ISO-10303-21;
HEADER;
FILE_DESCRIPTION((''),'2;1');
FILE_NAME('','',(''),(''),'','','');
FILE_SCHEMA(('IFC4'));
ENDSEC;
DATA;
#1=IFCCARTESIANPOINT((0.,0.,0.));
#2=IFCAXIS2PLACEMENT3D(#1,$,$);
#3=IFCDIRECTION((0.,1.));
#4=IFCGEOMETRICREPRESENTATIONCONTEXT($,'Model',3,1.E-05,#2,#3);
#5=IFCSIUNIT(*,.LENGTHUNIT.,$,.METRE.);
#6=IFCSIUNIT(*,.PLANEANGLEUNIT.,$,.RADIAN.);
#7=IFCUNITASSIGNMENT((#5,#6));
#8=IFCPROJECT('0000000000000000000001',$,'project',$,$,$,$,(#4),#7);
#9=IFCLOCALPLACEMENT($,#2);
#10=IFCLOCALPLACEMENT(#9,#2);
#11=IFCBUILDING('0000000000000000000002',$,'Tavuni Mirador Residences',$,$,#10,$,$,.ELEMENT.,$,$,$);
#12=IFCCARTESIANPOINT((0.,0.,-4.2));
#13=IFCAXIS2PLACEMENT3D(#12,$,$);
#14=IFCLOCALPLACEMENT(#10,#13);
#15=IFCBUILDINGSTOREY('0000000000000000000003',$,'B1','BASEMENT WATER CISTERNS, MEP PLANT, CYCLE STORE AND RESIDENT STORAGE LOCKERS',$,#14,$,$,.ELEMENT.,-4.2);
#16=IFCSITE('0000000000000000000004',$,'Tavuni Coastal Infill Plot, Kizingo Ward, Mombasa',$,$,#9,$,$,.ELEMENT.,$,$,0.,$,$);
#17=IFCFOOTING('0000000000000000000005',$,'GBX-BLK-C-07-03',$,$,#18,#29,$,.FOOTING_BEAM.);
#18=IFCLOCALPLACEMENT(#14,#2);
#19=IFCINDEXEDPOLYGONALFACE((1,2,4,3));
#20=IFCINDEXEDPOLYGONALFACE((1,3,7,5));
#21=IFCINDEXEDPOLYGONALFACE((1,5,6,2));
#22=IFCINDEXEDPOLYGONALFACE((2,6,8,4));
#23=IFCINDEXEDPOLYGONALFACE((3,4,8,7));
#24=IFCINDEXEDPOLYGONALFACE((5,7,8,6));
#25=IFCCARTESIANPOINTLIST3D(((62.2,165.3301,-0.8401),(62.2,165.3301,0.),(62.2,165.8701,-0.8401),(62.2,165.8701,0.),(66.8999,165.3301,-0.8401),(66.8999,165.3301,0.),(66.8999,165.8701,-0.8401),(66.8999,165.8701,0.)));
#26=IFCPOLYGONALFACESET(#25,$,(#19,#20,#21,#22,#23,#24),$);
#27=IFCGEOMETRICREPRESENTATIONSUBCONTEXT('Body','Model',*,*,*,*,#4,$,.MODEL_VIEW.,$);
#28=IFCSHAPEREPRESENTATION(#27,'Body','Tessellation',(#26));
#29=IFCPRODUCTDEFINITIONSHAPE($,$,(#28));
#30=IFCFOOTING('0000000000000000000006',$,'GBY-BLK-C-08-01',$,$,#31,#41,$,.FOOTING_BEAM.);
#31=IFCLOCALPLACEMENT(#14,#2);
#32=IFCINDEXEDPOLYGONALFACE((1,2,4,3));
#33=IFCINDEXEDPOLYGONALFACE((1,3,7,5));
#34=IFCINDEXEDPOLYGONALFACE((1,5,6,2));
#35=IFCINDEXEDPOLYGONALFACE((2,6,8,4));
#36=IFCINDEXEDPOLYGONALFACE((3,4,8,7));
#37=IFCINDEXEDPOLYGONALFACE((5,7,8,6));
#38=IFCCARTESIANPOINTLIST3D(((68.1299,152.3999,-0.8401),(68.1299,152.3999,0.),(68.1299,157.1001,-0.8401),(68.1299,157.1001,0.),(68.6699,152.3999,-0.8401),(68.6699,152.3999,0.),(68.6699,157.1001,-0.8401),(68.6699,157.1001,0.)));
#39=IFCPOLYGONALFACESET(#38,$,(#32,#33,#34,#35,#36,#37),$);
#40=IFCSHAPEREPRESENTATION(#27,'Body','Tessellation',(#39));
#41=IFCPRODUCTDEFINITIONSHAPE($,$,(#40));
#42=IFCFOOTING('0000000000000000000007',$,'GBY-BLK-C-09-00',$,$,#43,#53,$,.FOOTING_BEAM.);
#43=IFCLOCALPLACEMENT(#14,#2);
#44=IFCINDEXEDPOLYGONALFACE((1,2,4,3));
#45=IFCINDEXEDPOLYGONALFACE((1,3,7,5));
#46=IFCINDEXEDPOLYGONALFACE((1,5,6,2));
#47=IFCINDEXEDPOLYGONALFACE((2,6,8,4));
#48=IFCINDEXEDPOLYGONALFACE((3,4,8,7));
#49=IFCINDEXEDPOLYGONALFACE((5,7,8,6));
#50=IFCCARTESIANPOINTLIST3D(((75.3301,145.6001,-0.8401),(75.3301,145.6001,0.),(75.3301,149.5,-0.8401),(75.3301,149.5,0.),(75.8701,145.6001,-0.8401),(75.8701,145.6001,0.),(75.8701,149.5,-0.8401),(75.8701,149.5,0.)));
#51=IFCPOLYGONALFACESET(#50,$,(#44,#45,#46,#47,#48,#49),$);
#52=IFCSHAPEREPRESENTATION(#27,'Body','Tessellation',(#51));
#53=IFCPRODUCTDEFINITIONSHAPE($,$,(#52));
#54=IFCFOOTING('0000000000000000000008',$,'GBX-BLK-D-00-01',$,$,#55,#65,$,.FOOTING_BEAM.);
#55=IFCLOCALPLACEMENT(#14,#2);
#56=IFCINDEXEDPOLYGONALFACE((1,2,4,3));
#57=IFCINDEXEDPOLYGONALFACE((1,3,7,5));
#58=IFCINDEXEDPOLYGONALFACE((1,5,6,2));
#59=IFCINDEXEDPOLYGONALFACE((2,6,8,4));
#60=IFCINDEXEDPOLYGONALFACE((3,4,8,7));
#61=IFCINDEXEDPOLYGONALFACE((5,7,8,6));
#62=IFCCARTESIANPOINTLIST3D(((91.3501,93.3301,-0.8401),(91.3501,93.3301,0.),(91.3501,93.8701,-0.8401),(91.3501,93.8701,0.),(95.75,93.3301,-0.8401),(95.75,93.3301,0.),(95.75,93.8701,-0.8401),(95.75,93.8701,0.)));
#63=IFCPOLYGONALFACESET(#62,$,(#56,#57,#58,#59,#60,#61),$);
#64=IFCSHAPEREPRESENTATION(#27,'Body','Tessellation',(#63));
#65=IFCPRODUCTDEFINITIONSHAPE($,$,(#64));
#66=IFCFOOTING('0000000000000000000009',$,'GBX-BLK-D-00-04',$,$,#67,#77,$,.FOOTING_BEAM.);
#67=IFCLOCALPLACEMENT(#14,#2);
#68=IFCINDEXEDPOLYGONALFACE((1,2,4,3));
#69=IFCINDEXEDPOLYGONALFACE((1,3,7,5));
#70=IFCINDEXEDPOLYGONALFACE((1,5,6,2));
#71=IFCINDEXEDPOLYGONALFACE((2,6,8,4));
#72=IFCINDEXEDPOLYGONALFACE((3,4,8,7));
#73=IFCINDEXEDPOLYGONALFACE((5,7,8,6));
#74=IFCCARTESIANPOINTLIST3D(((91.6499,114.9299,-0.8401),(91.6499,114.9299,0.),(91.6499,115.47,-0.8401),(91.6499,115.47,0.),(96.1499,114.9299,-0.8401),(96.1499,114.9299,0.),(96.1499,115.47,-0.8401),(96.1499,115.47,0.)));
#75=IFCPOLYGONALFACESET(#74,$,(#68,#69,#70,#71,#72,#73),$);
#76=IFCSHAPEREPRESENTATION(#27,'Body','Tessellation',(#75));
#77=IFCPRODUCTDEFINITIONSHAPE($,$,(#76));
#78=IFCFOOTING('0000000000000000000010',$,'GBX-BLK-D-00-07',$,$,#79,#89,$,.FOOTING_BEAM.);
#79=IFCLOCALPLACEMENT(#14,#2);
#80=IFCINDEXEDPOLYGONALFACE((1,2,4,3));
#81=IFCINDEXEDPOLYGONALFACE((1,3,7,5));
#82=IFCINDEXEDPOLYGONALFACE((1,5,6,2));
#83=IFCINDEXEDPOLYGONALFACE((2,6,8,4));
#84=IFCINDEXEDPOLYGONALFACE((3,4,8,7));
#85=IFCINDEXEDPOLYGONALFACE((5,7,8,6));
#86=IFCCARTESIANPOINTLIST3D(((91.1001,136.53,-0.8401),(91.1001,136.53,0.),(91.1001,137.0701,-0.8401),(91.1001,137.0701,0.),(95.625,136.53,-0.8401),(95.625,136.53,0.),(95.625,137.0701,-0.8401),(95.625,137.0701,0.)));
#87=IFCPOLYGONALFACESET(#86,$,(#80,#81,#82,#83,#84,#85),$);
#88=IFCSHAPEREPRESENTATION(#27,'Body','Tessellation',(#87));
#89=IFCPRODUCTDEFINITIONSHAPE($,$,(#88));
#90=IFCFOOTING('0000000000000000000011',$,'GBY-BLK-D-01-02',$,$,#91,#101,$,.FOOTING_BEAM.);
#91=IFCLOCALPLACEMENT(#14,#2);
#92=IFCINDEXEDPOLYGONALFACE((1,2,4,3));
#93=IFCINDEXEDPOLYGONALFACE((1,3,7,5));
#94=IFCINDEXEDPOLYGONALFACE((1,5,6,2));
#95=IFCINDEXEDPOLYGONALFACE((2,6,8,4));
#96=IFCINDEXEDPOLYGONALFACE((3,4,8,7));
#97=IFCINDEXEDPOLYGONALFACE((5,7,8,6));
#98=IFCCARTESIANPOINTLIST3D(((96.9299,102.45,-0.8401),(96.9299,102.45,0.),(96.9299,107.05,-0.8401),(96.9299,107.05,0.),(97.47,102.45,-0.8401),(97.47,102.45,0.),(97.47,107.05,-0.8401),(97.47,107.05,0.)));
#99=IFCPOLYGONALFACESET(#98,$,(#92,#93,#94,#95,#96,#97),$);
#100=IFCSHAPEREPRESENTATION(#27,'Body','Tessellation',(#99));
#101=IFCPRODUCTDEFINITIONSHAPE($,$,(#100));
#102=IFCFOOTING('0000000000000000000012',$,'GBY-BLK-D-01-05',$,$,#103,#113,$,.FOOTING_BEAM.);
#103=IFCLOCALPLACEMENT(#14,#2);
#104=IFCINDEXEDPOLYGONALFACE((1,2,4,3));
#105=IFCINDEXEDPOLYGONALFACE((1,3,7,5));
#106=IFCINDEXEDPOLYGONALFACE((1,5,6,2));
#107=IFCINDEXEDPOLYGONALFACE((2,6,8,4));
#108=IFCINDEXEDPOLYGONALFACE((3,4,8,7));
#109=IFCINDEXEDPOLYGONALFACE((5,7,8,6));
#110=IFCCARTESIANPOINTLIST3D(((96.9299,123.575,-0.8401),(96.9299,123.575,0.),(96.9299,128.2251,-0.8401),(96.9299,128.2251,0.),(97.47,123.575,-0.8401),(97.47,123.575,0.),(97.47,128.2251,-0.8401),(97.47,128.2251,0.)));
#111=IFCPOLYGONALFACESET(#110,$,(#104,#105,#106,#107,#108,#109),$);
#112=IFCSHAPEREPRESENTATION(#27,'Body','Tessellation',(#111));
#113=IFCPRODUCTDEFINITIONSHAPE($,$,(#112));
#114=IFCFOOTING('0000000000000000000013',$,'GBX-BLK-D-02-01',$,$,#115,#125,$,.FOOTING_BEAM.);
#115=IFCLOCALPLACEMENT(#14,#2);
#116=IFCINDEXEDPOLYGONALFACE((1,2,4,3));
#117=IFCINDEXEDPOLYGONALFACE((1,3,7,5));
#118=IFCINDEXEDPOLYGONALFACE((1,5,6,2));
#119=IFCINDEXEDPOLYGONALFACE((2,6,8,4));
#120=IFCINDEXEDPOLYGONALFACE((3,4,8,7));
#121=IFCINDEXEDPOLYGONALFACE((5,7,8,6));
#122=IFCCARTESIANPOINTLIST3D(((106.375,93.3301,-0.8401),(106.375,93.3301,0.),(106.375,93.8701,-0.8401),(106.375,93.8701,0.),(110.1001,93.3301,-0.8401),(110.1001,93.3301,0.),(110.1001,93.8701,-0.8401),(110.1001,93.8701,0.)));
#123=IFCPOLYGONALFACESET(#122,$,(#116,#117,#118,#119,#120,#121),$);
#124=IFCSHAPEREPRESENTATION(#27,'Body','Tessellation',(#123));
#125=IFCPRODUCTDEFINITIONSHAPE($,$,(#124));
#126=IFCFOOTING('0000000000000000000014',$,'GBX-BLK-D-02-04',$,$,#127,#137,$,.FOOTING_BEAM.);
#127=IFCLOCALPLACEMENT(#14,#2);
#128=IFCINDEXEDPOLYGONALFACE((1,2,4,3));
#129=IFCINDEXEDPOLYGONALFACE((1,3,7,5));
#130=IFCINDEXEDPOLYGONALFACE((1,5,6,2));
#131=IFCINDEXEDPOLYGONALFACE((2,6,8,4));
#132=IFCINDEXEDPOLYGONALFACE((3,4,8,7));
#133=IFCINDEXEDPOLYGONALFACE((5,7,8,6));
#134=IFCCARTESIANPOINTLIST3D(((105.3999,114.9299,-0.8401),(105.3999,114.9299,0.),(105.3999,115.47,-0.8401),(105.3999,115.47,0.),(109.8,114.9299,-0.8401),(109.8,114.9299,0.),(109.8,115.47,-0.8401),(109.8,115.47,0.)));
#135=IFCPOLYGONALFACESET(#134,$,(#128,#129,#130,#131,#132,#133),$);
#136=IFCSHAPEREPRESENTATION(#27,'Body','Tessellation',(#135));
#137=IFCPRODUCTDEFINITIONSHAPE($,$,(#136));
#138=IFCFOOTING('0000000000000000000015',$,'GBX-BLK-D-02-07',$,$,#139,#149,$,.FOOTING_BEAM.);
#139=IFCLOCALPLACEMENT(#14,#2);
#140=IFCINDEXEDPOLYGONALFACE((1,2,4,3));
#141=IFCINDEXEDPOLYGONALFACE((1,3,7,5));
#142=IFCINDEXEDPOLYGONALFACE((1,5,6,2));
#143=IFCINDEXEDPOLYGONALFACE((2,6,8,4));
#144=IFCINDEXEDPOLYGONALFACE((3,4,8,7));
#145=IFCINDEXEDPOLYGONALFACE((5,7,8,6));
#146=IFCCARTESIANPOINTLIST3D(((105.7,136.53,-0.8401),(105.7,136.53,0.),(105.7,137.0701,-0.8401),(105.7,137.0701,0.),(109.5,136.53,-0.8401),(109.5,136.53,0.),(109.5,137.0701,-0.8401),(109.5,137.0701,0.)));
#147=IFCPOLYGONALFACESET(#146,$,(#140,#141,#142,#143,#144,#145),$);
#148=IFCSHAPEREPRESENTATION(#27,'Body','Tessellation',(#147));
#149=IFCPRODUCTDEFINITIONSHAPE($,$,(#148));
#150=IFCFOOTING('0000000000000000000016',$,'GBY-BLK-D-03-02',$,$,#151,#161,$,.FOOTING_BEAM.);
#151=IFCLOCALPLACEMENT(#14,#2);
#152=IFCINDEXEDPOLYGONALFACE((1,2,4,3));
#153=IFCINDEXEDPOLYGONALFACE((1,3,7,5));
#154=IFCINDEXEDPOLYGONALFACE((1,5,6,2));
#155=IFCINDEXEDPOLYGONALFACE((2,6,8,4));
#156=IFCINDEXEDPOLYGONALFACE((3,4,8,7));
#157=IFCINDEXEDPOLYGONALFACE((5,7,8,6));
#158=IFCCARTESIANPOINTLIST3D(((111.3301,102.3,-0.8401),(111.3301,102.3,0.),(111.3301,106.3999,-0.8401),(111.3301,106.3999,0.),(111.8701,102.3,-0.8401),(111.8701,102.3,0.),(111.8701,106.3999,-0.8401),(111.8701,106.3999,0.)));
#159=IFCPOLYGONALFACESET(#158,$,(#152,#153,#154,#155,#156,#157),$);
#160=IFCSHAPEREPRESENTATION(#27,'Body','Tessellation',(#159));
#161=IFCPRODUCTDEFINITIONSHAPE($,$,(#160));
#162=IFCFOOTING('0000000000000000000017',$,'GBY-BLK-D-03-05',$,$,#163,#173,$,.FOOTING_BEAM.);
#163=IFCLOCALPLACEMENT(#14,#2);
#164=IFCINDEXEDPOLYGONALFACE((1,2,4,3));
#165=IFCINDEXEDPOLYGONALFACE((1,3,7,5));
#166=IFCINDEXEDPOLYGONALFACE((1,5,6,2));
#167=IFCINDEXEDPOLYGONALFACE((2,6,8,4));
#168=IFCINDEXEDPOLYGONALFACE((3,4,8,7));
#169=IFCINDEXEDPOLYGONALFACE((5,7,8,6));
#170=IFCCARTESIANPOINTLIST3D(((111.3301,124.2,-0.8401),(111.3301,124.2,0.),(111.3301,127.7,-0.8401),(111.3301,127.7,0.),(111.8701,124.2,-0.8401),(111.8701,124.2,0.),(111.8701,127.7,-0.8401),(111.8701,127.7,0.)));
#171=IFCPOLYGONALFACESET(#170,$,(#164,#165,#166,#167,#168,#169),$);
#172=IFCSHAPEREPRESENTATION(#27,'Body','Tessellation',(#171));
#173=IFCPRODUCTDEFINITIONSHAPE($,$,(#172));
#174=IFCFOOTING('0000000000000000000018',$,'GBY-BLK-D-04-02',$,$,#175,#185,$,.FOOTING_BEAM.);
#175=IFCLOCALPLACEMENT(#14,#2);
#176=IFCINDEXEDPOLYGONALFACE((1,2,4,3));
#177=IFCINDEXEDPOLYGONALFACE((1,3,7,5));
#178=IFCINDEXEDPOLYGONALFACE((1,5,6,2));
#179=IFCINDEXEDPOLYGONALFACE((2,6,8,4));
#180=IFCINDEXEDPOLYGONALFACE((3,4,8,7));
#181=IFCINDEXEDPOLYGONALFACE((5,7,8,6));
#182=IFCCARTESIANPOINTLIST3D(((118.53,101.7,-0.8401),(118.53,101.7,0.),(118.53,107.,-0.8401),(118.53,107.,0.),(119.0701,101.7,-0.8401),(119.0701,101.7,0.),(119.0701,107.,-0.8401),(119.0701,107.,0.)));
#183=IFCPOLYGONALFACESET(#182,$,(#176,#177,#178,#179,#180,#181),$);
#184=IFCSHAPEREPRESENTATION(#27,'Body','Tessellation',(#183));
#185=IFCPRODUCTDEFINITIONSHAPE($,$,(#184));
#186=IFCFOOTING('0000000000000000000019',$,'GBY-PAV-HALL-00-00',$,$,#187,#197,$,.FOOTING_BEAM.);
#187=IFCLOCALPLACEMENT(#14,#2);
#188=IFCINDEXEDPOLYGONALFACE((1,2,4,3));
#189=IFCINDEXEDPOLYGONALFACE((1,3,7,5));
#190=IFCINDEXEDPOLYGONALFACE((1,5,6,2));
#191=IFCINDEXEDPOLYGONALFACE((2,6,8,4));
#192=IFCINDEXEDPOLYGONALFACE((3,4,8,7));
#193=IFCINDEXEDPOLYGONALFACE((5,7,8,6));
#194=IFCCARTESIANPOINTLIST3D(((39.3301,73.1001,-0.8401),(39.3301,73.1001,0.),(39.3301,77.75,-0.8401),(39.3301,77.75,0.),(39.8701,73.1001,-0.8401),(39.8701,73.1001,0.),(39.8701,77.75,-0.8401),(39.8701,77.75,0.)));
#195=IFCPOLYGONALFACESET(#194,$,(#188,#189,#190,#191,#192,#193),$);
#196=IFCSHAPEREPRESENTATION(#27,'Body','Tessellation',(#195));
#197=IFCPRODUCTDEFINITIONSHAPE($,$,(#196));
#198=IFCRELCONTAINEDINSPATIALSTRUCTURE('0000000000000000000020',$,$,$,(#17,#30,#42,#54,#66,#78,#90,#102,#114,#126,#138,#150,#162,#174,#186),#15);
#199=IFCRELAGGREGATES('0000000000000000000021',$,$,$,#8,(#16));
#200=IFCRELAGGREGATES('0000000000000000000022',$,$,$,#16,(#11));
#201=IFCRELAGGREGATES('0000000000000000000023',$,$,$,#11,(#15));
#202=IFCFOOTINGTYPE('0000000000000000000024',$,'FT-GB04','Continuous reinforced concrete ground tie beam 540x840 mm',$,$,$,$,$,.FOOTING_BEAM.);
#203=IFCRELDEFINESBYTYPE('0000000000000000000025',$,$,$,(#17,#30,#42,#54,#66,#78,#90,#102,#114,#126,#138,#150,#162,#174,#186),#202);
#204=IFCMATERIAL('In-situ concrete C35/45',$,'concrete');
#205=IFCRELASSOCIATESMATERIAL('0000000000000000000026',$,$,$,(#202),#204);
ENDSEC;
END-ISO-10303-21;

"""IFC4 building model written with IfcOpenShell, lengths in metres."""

from ifc_helpers import new_model, si_unit, direction, frame, origin, place, context, subcontext, project, spatial, polyline, outline, extrude, material, type_object, element, save


model = new_model("IFC4")

# Units and contexts
model_context = context("Model", 3, precision=1e-05, world=origin(), true_north=direction((0.0, 1.0)))
body_context = subcontext(model_context, "Body", "Model", "MODEL_VIEW")
ifc_project = project(units=[si_unit("LENGTHUNIT", "METRE"), si_unit("PLANEANGLEUNIT", "RADIAN")], contexts=[model_context])

# Site, building, storey
site_placement = place(None, origin())
site = spatial("IfcSite", under=ifc_project, at=site_placement, Name="Tavuni Coastal Infill Plot, Kizingo Ward, Mombasa", CompositionType="ELEMENT", RefElevation=0.0)
building_placement = place(site_placement, origin())
building = spatial("IfcBuilding", under=site, at=building_placement, Name="Tavuni Mirador Residences", CompositionType="ELEMENT")
storey_placement = place(building_placement, frame((0.0, 0.0, -4.2)))
storey = spatial("IfcBuildingStorey", under=building, at=storey_placement, Name="B1", Description="BASEMENT WATER CISTERNS, MEP PLANT, CYCLE STORE AND RESIDENT STORAGE LOCKERS", CompositionType="ELEMENT", Elevation=-4.2)

# Footings
ifc_material = material(Name="In-situ concrete C35/45", Category="concrete")
footing_type_1 = type_object("IfcFootingType", Name="FT-GB04", Description="Continuous reinforced concrete ground tie beam 540x840 mm", PredefinedType="FOOTING_BEAM", material=ifc_material)
footing_1_placement = place(storey_placement, frame((0.0, 0.0, -0.8401)))
element("IfcFooting", 1, at=footing_1_placement, inside=storey, type_object=footing_type_1, Name="GBX-BLK-C-07-03", PredefinedType="FOOTING_BEAM", context=body_context, shape_type="SweptSolid", body=[
    extrude(outline(polyline([(62.2, 165.3301), (66.8999, 165.3301), (66.8999, 165.8701), (62.2, 165.8701), (62.2, 165.3301)])), origin(), (0.0, 0.0, 1.0), 0.8401),
])
footing_2_placement = place(storey_placement, frame((0.0, 0.0, -0.8401)))
element("IfcFooting", 2, at=footing_2_placement, inside=storey, type_object=footing_type_1, Name="GBY-BLK-C-08-01", PredefinedType="FOOTING_BEAM", context=body_context, shape_type="SweptSolid", body=[
    extrude(outline(polyline([(68.1299, 152.3999), (68.6699, 152.3999), (68.6699, 157.1001), (68.1299, 157.1001), (68.1299, 152.3999)])), origin(), (0.0, 0.0, 1.0), 0.8401),
])
footing_3_placement = place(storey_placement, frame((0.0, 0.0, -0.8401)))
element("IfcFooting", 3, at=footing_3_placement, inside=storey, type_object=footing_type_1, Name="GBY-BLK-C-09-00", PredefinedType="FOOTING_BEAM", context=body_context, shape_type="SweptSolid", body=[
    extrude(outline(polyline([(75.3301, 145.6001), (75.8701, 145.6001), (75.8701, 149.5), (75.3301, 149.5), (75.3301, 145.6001)])), origin(), (0.0, 0.0, 1.0), 0.8401),
])
footing_4_placement = place(storey_placement, frame((0.0, 0.0, -0.8401)))
element("IfcFooting", 4, at=footing_4_placement, inside=storey, type_object=footing_type_1, Name="GBX-BLK-D-00-01", PredefinedType="FOOTING_BEAM", context=body_context, shape_type="SweptSolid", body=[
    extrude(outline(polyline([(91.3501, 93.3301), (95.75, 93.3301), (95.75, 93.8701), (91.3501, 93.8701), (91.3501, 93.3301)])), origin(), (0.0, 0.0, 1.0), 0.8401),
])
footing_5_placement = place(storey_placement, frame((0.0, 0.0, -0.8401)))
element("IfcFooting", 5, at=footing_5_placement, inside=storey, type_object=footing_type_1, Name="GBX-BLK-D-00-04", PredefinedType="FOOTING_BEAM", context=body_context, shape_type="SweptSolid", body=[
    extrude(outline(polyline([(91.6499, 114.9299), (96.1499, 114.9299), (96.1499, 115.47), (91.6499, 115.47), (91.6499, 114.9299)])), origin(), (0.0, 0.0, 1.0), 0.8401),
])
footing_6_placement = place(storey_placement, frame((0.0, 0.0, -0.8401)))
element("IfcFooting", 6, at=footing_6_placement, inside=storey, type_object=footing_type_1, Name="GBX-BLK-D-00-07", PredefinedType="FOOTING_BEAM", context=body_context, shape_type="SweptSolid", body=[
    extrude(outline(polyline([(91.1001, 136.53), (95.625, 136.53), (95.625, 137.0701), (91.1001, 137.0701), (91.1001, 136.53)])), origin(), (0.0, 0.0, 1.0), 0.8401),
])
footing_7_placement = place(storey_placement, frame((0.0, 0.0, -0.8401)))
element("IfcFooting", 7, at=footing_7_placement, inside=storey, type_object=footing_type_1, Name="GBY-BLK-D-01-02", PredefinedType="FOOTING_BEAM", context=body_context, shape_type="SweptSolid", body=[
    extrude(outline(polyline([(96.9299, 102.45), (97.47, 102.45), (97.47, 107.05), (96.9299, 107.05), (96.9299, 102.45)])), origin(), (0.0, 0.0, 1.0), 0.8401),
])
footing_8_placement = place(storey_placement, frame((0.0, 0.0, -0.8401)))
element("IfcFooting", 8, at=footing_8_placement, inside=storey, type_object=footing_type_1, Name="GBY-BLK-D-01-05", PredefinedType="FOOTING_BEAM", context=body_context, shape_type="SweptSolid", body=[
    extrude(outline(polyline([(96.9299, 123.575), (97.47, 123.575), (97.47, 128.2251), (96.9299, 128.2251), (96.9299, 123.575)])), origin(), (0.0, 0.0, 1.0), 0.8401),
])
footing_9_placement = place(storey_placement, frame((0.0, 0.0, -0.8401)))
element("IfcFooting", 9, at=footing_9_placement, inside=storey, type_object=footing_type_1, Name="GBX-BLK-D-02-01", PredefinedType="FOOTING_BEAM", context=body_context, shape_type="SweptSolid", body=[
    extrude(outline(polyline([(106.375, 93.3301), (110.1001, 93.3301), (110.1001, 93.8701), (106.375, 93.8701), (106.375, 93.3301)])), origin(), (0.0, 0.0, 1.0), 0.8401),
])
footing_10_placement = place(storey_placement, frame((0.0, 0.0, -0.8401)))
element("IfcFooting", 10, at=footing_10_placement, inside=storey, type_object=footing_type_1, Name="GBX-BLK-D-02-04", PredefinedType="FOOTING_BEAM", context=body_context, shape_type="SweptSolid", body=[
    extrude(outline(polyline([(105.3999, 114.9299), (109.8, 114.9299), (109.8, 115.47), (105.3999, 115.47), (105.3999, 114.9299)])), origin(), (0.0, 0.0, 1.0), 0.8401),
])
footing_11_placement = place(storey_placement, frame((0.0, 0.0, -0.8401)))
element("IfcFooting", 11, at=footing_11_placement, inside=storey, type_object=footing_type_1, Name="GBX-BLK-D-02-07", PredefinedType="FOOTING_BEAM", context=body_context, shape_type="SweptSolid", body=[
    extrude(outline(polyline([(105.7, 136.53), (109.5, 136.53), (109.5, 137.0701), (105.7, 137.0701), (105.7, 136.53)])), origin(), (0.0, 0.0, 1.0), 0.8401),
])
footing_12_placement = place(storey_placement, frame((0.0, 0.0, -0.8401)))
element("IfcFooting", 12, at=footing_12_placement, inside=storey, type_object=footing_type_1, Name="GBY-BLK-D-03-02", PredefinedType="FOOTING_BEAM", context=body_context, shape_type="SweptSolid", body=[
    extrude(outline(polyline([(111.3301, 102.3), (111.8701, 102.3), (111.8701, 106.3999), (111.3301, 106.3999), (111.3301, 102.3)])), origin(), (0.0, 0.0, 1.0), 0.8401),
])
footing_13_placement = place(storey_placement, frame((0.0, 0.0, -0.8401)))
element("IfcFooting", 13, at=footing_13_placement, inside=storey, type_object=footing_type_1, Name="GBY-BLK-D-03-05", PredefinedType="FOOTING_BEAM", context=body_context, shape_type="SweptSolid", body=[
    extrude(outline(polyline([(111.3301, 124.2), (111.8701, 124.2), (111.8701, 127.7), (111.3301, 127.7), (111.3301, 124.2)])), origin(), (0.0, 0.0, 1.0), 0.8401),
])
footing_14_placement = place(storey_placement, frame((0.0, 0.0, -0.8401)))
element("IfcFooting", 14, at=footing_14_placement, inside=storey, type_object=footing_type_1, Name="GBY-BLK-D-04-02", PredefinedType="FOOTING_BEAM", context=body_context, shape_type="SweptSolid", body=[
    extrude(outline(polyline([(118.53, 101.7), (119.0701, 101.7), (119.0701, 107.0), (118.53, 107.0), (118.53, 101.7)])), origin(), (0.0, 0.0, 1.0), 0.8401),
])
footing_15_placement = place(storey_placement, frame((0.0, 0.0, -0.8401)))
element("IfcFooting", 15, at=footing_15_placement, inside=storey, type_object=footing_type_1, Name="GBY-PAV-HALL-00-00", PredefinedType="FOOTING_BEAM", context=body_context, shape_type="SweptSolid", body=[
    extrude(outline(polyline([(39.3301, 73.1001), (39.8701, 73.1001), (39.8701, 77.75), (39.3301, 77.75), (39.3301, 73.1001)])), origin(), (0.0, 0.0, 1.0), 0.8401),
])

save(model, "model.ifc")
